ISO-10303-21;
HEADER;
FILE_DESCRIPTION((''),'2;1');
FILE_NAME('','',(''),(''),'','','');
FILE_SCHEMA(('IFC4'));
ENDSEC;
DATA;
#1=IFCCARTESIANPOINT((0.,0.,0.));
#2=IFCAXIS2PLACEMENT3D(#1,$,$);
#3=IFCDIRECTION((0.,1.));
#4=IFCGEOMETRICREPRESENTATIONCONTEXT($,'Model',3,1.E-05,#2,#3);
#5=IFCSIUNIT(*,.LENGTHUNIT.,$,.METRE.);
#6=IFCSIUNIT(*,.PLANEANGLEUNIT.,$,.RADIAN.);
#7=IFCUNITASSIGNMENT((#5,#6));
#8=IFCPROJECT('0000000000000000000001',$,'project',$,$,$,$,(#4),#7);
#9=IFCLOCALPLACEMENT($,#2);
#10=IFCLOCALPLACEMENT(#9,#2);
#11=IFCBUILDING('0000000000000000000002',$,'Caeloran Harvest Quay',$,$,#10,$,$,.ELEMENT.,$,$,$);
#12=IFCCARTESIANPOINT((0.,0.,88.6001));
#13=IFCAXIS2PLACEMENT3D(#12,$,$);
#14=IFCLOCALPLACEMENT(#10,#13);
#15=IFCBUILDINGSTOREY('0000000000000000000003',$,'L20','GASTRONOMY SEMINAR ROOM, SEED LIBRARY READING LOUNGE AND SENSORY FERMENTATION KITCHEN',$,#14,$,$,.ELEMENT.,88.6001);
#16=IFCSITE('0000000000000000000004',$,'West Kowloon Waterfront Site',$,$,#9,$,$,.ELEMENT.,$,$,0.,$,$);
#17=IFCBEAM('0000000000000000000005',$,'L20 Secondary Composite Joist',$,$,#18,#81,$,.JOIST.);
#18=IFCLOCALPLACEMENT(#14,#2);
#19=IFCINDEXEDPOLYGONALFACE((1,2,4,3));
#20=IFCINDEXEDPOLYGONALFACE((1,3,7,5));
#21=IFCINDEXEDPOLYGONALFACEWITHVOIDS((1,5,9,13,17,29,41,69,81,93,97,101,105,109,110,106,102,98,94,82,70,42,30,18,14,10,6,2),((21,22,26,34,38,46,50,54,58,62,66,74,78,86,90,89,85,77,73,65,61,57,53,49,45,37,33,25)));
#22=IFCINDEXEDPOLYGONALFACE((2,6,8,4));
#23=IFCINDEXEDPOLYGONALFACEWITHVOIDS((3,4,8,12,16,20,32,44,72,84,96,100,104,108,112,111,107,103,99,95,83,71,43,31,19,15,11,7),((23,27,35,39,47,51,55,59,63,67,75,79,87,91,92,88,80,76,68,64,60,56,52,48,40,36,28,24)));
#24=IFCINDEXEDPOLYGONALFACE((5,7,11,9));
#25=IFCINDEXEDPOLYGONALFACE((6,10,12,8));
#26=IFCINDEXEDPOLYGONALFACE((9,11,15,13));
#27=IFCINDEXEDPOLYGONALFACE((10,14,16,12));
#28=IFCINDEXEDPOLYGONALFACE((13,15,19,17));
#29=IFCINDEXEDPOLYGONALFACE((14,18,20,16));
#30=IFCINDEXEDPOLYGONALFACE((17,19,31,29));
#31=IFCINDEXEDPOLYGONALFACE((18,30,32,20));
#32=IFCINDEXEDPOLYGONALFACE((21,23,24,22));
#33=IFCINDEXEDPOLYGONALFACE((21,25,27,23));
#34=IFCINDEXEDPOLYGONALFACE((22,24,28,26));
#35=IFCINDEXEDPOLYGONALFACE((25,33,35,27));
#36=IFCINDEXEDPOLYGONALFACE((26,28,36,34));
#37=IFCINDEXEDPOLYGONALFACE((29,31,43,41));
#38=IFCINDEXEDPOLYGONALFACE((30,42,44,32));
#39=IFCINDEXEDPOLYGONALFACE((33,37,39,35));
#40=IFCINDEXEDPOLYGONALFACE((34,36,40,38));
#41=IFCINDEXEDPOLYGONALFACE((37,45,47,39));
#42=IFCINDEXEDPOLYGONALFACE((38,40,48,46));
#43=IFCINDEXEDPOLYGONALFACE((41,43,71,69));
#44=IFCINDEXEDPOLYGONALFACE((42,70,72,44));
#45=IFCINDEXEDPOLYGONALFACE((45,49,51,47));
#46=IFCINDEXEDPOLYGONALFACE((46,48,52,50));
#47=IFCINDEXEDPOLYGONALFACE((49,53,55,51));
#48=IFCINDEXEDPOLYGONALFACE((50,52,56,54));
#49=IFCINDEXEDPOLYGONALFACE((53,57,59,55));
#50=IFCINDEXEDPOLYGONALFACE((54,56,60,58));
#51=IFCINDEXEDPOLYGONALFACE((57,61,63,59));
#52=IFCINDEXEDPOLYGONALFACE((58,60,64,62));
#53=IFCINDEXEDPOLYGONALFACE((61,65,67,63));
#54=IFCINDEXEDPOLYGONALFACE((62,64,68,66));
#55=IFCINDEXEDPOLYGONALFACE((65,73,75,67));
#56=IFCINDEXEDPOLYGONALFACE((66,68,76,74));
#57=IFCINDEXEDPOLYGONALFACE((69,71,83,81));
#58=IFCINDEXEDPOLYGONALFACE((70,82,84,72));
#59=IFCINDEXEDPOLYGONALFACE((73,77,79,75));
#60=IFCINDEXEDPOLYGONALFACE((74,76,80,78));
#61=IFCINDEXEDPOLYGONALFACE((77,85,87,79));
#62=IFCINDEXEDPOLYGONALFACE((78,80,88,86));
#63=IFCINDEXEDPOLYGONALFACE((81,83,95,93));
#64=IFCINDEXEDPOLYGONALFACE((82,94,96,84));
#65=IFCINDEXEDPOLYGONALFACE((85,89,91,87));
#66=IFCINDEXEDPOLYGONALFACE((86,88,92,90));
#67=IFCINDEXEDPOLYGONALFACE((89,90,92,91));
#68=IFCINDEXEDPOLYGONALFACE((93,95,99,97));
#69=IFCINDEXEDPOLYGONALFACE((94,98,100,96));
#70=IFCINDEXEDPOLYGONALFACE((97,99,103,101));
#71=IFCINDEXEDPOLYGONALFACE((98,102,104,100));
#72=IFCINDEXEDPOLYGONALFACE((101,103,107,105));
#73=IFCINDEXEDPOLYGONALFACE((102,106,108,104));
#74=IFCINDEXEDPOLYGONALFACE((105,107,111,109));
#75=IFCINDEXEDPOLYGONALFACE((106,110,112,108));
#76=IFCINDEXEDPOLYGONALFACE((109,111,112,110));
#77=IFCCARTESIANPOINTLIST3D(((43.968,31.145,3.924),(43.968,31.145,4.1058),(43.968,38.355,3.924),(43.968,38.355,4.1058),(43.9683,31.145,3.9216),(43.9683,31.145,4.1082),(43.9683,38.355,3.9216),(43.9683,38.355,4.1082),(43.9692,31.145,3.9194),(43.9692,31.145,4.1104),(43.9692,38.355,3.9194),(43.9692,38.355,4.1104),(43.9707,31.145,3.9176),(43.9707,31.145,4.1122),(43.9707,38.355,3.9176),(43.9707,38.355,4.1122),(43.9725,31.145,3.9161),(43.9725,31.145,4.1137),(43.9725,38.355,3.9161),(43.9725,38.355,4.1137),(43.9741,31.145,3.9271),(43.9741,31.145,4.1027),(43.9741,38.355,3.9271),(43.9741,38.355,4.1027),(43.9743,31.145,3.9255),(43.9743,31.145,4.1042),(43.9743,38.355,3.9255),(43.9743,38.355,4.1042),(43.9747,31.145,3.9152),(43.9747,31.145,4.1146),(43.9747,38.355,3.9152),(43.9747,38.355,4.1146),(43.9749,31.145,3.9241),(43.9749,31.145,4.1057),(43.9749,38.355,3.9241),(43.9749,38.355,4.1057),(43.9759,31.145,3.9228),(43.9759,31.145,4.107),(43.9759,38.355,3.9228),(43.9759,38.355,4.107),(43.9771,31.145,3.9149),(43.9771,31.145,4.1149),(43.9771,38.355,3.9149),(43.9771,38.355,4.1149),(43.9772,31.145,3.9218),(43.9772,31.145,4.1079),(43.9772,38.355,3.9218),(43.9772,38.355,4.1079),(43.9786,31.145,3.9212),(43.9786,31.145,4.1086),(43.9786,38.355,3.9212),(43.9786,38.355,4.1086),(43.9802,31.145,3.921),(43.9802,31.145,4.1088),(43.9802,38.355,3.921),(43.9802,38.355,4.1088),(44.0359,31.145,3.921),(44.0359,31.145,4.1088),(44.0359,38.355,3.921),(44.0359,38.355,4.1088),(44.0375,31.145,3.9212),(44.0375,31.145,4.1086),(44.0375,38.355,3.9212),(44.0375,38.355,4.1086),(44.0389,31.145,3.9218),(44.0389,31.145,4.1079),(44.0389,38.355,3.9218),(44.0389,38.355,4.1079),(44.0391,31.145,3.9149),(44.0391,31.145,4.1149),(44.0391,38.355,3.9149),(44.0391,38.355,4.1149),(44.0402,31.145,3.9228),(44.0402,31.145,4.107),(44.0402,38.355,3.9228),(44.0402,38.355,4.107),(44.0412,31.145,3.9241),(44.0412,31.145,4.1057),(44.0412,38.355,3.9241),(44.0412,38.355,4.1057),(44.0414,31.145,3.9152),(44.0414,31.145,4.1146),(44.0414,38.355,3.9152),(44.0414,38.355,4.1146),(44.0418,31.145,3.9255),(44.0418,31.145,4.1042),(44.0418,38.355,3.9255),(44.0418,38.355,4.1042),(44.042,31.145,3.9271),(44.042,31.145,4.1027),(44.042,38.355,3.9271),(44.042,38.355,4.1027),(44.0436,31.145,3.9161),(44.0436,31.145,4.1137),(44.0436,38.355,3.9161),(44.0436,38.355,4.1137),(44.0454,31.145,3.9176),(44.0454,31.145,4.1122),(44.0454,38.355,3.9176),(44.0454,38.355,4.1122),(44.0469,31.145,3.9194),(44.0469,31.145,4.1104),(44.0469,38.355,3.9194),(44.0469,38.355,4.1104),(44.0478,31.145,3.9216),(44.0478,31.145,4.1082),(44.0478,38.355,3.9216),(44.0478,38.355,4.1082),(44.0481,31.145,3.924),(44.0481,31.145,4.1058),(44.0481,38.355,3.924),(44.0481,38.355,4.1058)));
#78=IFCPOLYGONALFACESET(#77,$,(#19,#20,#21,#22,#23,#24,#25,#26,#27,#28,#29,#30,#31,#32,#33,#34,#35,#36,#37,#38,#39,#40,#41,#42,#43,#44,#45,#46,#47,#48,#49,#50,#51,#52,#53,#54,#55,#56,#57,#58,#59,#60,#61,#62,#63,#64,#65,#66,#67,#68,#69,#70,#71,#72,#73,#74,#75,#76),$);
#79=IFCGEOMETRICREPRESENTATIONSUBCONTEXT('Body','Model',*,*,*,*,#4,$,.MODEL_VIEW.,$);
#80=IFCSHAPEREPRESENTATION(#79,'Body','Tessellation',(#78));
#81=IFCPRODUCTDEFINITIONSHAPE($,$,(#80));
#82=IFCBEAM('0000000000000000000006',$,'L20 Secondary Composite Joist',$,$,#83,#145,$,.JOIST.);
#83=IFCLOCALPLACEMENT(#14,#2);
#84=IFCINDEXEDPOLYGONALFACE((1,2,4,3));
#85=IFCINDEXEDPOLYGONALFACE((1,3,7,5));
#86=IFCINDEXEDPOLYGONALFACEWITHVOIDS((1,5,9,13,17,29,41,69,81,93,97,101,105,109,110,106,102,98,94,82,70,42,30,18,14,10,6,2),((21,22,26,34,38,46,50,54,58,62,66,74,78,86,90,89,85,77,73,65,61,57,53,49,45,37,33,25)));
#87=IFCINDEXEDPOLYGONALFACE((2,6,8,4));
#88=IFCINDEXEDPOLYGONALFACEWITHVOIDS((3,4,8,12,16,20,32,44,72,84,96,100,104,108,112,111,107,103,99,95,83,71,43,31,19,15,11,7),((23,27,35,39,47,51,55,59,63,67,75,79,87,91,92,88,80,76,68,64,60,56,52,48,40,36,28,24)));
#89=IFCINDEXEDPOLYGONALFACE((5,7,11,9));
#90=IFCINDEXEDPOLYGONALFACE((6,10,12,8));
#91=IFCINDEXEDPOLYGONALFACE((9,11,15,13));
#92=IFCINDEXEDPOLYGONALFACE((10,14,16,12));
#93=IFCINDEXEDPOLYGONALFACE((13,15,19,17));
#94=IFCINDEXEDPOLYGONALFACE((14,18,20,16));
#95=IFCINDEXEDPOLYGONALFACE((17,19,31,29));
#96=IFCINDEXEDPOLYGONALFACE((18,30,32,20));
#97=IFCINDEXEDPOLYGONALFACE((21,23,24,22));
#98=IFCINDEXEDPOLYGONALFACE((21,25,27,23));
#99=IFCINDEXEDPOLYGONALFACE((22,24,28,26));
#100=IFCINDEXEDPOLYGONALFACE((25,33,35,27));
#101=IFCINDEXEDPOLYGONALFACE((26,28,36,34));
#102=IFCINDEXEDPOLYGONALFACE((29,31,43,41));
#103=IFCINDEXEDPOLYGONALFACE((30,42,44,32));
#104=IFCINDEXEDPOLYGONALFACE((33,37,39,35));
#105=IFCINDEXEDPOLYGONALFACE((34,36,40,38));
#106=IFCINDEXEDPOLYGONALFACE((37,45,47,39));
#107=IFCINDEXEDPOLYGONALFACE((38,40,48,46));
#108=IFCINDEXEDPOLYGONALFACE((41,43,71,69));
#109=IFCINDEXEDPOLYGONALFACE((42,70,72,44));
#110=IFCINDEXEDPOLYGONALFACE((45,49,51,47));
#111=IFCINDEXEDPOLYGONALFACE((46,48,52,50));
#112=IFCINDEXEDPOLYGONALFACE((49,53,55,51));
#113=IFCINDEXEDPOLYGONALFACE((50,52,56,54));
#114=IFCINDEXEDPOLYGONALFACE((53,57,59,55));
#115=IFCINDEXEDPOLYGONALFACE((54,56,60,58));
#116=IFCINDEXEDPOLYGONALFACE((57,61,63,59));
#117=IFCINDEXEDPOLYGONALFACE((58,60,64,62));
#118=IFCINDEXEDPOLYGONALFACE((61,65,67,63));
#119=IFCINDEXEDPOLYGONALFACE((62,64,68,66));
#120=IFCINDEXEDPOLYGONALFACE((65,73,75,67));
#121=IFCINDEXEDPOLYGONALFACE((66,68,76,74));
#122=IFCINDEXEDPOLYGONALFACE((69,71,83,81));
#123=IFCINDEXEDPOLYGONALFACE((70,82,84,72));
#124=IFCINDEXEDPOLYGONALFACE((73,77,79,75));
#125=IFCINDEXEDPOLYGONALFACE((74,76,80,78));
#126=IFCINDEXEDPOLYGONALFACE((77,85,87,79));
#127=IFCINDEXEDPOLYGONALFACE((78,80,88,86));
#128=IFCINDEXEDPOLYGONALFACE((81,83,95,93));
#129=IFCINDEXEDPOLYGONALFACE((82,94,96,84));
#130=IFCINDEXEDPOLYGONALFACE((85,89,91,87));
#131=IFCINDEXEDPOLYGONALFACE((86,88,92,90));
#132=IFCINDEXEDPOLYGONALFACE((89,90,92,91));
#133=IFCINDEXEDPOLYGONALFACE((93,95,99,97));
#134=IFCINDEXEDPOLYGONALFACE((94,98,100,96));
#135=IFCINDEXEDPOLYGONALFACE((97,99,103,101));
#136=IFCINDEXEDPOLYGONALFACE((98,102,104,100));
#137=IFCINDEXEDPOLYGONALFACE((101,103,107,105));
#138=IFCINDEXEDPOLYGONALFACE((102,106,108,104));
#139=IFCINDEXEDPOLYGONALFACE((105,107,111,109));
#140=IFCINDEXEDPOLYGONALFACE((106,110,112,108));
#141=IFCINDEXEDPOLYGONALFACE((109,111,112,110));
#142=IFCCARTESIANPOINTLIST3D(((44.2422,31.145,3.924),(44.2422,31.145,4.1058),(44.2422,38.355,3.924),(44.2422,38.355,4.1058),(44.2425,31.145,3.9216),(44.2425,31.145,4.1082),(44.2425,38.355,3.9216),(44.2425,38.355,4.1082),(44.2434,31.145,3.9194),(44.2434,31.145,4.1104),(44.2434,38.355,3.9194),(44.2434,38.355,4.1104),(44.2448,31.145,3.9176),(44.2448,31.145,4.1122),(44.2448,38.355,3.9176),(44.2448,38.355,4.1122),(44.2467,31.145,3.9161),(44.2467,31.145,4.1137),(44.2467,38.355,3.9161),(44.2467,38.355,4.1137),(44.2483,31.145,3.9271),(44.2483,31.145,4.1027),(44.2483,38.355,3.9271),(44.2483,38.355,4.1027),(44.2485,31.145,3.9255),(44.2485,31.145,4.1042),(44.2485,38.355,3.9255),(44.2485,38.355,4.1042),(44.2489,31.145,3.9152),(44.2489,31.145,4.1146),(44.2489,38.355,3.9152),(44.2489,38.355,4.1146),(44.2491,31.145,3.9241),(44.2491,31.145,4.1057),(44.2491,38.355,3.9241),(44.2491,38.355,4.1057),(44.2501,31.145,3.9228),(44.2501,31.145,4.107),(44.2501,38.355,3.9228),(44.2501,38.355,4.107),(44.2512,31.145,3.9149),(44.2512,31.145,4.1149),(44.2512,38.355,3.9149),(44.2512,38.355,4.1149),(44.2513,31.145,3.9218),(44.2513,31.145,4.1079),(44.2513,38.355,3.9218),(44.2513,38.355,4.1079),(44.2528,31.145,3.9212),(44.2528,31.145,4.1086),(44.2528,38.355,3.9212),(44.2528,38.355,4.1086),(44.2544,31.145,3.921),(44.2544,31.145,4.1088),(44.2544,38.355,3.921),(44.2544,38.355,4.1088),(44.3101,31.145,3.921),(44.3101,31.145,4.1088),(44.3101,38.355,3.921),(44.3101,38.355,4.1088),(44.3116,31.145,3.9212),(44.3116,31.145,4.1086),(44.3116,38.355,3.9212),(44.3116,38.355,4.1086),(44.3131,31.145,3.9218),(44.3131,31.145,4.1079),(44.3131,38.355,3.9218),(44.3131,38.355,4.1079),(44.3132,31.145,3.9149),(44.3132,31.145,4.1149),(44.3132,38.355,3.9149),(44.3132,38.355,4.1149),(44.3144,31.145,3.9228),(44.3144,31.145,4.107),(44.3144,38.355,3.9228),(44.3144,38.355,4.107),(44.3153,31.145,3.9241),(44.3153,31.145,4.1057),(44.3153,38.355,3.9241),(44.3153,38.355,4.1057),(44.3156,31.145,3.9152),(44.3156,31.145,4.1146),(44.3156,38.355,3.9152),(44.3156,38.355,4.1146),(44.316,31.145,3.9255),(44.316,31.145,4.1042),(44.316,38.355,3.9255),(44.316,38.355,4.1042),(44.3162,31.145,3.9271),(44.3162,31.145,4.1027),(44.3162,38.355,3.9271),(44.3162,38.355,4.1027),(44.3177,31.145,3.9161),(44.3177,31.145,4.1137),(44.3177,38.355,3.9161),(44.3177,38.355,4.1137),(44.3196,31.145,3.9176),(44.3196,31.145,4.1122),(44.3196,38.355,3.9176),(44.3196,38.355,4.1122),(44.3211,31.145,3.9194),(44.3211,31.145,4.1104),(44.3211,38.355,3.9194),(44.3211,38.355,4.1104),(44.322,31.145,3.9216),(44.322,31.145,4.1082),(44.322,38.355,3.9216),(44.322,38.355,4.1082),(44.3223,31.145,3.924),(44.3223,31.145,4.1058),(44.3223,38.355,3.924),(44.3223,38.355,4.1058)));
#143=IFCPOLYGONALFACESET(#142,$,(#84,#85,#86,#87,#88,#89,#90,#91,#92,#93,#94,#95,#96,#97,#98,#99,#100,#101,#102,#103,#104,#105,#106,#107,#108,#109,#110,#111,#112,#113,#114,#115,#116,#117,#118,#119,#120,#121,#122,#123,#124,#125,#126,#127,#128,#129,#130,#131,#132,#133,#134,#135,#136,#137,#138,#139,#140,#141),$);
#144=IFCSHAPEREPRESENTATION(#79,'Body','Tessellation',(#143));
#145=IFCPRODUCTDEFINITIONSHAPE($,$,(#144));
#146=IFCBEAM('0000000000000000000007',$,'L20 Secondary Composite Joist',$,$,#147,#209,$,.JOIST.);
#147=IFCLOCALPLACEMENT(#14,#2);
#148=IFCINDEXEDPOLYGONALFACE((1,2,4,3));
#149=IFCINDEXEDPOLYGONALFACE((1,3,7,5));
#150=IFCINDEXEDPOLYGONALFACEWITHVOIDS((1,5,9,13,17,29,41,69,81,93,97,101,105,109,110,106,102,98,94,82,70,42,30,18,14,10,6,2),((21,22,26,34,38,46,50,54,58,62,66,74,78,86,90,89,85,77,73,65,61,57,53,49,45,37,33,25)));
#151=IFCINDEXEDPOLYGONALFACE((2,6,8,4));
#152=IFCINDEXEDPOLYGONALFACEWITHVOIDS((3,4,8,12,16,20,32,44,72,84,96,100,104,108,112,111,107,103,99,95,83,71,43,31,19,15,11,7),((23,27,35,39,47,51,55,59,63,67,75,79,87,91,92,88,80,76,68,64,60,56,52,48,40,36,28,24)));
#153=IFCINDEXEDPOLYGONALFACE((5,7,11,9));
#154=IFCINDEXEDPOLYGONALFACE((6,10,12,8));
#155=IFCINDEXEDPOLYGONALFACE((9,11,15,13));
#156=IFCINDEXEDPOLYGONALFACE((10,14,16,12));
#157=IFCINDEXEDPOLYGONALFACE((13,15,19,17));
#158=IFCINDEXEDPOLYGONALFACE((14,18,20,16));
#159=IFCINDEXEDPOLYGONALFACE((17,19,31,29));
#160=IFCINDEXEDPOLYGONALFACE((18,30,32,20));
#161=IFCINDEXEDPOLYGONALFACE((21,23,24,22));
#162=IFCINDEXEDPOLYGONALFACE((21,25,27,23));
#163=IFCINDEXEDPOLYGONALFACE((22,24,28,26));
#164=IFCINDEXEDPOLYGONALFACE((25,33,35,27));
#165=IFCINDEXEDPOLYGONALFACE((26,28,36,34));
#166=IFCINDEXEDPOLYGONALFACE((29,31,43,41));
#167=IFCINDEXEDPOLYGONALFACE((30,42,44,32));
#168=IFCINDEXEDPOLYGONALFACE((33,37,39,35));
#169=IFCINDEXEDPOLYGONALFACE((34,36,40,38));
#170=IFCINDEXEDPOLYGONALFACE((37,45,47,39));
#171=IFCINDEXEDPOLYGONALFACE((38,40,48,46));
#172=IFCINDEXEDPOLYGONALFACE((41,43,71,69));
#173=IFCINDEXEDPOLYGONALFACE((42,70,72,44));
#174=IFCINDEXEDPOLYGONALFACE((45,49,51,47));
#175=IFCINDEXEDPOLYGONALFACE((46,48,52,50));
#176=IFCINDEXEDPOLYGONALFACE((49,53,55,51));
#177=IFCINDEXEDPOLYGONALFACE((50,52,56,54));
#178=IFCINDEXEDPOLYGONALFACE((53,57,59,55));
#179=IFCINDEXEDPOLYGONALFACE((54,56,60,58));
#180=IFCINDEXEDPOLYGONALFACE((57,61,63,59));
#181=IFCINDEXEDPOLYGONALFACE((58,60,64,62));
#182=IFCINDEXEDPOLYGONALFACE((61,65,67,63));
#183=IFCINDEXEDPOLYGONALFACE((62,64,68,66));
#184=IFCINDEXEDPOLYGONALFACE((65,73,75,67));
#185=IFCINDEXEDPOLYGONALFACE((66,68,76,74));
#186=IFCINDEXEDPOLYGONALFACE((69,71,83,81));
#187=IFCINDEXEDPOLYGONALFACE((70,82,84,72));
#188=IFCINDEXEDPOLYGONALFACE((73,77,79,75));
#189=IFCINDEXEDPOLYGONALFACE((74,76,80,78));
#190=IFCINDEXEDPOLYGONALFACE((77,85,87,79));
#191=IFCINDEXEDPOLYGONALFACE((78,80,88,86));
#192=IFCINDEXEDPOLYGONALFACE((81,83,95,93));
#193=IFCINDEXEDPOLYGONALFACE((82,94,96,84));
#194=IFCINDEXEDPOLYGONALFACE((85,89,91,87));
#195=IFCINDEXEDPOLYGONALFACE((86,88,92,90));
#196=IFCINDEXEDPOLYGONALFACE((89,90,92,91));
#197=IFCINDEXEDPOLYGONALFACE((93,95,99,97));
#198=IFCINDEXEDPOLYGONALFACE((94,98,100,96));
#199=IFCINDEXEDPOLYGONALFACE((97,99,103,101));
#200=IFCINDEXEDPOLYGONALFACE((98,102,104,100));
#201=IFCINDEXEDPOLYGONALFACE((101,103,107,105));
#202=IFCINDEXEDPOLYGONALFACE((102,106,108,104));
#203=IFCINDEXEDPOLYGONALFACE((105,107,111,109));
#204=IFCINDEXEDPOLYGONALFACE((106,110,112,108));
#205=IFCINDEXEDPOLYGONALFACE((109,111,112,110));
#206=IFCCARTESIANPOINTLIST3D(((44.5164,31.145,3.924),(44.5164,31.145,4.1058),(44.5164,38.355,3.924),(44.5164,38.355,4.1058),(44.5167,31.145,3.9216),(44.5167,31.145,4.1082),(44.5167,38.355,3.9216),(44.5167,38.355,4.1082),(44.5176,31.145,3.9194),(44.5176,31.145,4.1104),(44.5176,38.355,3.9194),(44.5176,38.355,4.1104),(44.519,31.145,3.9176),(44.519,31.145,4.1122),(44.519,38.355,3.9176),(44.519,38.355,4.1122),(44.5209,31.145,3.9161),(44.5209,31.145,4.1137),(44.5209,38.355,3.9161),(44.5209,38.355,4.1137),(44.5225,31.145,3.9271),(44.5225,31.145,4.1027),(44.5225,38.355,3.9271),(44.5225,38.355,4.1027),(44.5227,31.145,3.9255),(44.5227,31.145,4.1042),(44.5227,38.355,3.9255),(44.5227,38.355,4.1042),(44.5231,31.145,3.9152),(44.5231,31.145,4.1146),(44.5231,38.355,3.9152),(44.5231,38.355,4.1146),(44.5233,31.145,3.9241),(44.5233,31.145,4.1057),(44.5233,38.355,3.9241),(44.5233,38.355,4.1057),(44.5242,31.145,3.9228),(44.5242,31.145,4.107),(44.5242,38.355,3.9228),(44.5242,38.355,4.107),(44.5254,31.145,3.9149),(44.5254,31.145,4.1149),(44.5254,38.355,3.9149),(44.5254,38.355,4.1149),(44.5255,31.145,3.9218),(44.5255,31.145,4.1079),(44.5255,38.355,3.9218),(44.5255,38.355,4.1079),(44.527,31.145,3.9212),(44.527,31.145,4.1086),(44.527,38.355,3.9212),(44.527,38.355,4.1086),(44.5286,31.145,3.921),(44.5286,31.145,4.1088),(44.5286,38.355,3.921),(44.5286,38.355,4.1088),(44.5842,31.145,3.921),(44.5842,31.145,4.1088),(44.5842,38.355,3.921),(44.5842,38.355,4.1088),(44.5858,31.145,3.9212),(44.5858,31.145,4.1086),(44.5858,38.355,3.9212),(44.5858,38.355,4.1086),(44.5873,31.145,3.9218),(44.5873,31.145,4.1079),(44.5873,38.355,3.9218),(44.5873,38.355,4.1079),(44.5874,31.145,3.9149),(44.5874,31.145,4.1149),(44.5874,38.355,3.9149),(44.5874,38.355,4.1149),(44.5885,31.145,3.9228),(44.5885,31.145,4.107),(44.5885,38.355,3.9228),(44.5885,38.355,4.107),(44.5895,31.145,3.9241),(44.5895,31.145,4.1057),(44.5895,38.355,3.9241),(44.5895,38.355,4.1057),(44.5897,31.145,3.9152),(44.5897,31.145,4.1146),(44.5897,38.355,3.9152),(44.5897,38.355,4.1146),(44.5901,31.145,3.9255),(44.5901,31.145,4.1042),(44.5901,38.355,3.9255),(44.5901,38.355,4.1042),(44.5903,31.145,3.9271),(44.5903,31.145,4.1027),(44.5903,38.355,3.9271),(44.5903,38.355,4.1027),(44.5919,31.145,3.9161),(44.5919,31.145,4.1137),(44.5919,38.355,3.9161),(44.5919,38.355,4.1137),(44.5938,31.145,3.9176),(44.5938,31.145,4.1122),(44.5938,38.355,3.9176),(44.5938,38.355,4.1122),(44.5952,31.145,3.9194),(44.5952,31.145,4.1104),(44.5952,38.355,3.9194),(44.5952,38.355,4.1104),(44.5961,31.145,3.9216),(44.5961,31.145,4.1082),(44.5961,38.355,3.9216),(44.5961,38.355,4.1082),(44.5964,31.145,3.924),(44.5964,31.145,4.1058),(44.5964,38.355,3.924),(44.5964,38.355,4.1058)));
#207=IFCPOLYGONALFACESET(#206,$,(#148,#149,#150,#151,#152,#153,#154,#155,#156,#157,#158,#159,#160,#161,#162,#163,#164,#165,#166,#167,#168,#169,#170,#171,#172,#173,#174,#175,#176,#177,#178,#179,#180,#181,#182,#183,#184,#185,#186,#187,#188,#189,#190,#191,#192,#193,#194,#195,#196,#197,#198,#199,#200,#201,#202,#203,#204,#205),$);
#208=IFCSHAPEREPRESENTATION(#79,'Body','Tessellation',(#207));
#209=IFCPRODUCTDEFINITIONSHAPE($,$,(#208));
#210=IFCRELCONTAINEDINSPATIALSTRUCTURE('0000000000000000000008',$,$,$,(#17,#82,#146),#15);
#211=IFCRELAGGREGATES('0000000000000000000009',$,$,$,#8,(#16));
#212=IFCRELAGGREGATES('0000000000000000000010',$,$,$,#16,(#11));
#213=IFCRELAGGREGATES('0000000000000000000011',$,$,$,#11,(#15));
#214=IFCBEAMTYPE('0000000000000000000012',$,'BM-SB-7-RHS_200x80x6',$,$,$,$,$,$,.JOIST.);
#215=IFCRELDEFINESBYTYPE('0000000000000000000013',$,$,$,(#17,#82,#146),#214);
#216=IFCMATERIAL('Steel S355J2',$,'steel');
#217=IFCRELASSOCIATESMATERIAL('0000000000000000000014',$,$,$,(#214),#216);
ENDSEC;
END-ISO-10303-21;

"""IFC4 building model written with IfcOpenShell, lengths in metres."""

from ifc_helpers import new_model, si_unit, direction, frame, origin, origin_2d, place, context, subcontext, project, spatial, hollow_rectangle, extrude, material, material_profile, profile_set, type_object, element, save


model = new_model("IFC4")

# Units and contexts
model_context = context("Model", 3, precision=1e-05, world=origin(), true_north=direction((0.0, 1.0)))
body_context = subcontext(model_context, "Body", "Model", "MODEL_VIEW")
ifc_project = project(units=[si_unit("LENGTHUNIT", "METRE"), si_unit("PLANEANGLEUNIT", "RADIAN")], contexts=[model_context])

# Site, building, storey
site_placement = place(None, origin())
site = spatial("IfcSite", under=ifc_project, at=site_placement, Name="West Kowloon Waterfront Site", CompositionType="ELEMENT", RefElevation=0.0)
building_placement = place(site_placement, origin())
building = spatial("IfcBuilding", under=site, at=building_placement, Name="Caeloran Harvest Quay", CompositionType="ELEMENT")
storey_placement = place(building_placement, frame((0.0, 0.0, 88.6001)))
storey = spatial("IfcBuildingStorey", under=building, at=storey_placement, Name="L20", Description="GASTRONOMY SEMINAR ROOM, SEED LIBRARY READING LOUNGE AND SENSORY FERMENTATION KITCHEN", CompositionType="ELEMENT", Elevation=88.6001)

# Beams
ifc_material_1 = material(Name="Steel S355J2", Category="steel")
ifc_material_profile_1 = material_profile(ifc_material_1, hollow_rectangle(XDim=0.0801, YDim=0.2, WallThickness=0.0061, InnerFilletRadius=0.0061, OuterFilletRadius=0.009, at=origin_2d()), Name="RHS 200x80x6")
ifc_profile_set_1 = profile_set([ifc_material_profile_1], Name="Steel S355J2")
beam_type_1 = type_object("IfcBeamType", Name="BM-SB-7-RHS_200x80x6", PredefinedType="JOIST", material=ifc_profile_set_1)
for number, where, z_axis, x_axis, name in (
    (1, (44.0081, 31.145, 4.0149), (0.0, 1.0, 0.0), (-1.0, 0.0, 0.0), "L20 Secondary Composite Joist"),
    (2, (44.2822, 31.145, 4.0149), (0.0, 1.0, 0.0), (-1.0, 0.0, 0.0), "L20 Secondary Composite Joist"),
    (3, (44.5564, 31.145, 4.0149), (0.0, 1.0, 0.0), (-1.0, 0.0, 0.0), "L20 Secondary Composite Joist"),
):
    element("IfcBeam", number, at=place(storey_placement, frame(where, z_axis=z_axis, x_axis=x_axis)), inside=storey, type_object=beam_type_1, Name=name, PredefinedType="JOIST", context=body_context, shape_type="SweptSolid", body=[
        extrude(hollow_rectangle(XDim=0.0801, YDim=0.2, WallThickness=0.0061, InnerFilletRadius=0.0061, OuterFilletRadius=0.009, at=origin_2d()), origin(), (0.0, 0.0, 1.0), 7.21),
    ])

save(model, "model.ifc")
